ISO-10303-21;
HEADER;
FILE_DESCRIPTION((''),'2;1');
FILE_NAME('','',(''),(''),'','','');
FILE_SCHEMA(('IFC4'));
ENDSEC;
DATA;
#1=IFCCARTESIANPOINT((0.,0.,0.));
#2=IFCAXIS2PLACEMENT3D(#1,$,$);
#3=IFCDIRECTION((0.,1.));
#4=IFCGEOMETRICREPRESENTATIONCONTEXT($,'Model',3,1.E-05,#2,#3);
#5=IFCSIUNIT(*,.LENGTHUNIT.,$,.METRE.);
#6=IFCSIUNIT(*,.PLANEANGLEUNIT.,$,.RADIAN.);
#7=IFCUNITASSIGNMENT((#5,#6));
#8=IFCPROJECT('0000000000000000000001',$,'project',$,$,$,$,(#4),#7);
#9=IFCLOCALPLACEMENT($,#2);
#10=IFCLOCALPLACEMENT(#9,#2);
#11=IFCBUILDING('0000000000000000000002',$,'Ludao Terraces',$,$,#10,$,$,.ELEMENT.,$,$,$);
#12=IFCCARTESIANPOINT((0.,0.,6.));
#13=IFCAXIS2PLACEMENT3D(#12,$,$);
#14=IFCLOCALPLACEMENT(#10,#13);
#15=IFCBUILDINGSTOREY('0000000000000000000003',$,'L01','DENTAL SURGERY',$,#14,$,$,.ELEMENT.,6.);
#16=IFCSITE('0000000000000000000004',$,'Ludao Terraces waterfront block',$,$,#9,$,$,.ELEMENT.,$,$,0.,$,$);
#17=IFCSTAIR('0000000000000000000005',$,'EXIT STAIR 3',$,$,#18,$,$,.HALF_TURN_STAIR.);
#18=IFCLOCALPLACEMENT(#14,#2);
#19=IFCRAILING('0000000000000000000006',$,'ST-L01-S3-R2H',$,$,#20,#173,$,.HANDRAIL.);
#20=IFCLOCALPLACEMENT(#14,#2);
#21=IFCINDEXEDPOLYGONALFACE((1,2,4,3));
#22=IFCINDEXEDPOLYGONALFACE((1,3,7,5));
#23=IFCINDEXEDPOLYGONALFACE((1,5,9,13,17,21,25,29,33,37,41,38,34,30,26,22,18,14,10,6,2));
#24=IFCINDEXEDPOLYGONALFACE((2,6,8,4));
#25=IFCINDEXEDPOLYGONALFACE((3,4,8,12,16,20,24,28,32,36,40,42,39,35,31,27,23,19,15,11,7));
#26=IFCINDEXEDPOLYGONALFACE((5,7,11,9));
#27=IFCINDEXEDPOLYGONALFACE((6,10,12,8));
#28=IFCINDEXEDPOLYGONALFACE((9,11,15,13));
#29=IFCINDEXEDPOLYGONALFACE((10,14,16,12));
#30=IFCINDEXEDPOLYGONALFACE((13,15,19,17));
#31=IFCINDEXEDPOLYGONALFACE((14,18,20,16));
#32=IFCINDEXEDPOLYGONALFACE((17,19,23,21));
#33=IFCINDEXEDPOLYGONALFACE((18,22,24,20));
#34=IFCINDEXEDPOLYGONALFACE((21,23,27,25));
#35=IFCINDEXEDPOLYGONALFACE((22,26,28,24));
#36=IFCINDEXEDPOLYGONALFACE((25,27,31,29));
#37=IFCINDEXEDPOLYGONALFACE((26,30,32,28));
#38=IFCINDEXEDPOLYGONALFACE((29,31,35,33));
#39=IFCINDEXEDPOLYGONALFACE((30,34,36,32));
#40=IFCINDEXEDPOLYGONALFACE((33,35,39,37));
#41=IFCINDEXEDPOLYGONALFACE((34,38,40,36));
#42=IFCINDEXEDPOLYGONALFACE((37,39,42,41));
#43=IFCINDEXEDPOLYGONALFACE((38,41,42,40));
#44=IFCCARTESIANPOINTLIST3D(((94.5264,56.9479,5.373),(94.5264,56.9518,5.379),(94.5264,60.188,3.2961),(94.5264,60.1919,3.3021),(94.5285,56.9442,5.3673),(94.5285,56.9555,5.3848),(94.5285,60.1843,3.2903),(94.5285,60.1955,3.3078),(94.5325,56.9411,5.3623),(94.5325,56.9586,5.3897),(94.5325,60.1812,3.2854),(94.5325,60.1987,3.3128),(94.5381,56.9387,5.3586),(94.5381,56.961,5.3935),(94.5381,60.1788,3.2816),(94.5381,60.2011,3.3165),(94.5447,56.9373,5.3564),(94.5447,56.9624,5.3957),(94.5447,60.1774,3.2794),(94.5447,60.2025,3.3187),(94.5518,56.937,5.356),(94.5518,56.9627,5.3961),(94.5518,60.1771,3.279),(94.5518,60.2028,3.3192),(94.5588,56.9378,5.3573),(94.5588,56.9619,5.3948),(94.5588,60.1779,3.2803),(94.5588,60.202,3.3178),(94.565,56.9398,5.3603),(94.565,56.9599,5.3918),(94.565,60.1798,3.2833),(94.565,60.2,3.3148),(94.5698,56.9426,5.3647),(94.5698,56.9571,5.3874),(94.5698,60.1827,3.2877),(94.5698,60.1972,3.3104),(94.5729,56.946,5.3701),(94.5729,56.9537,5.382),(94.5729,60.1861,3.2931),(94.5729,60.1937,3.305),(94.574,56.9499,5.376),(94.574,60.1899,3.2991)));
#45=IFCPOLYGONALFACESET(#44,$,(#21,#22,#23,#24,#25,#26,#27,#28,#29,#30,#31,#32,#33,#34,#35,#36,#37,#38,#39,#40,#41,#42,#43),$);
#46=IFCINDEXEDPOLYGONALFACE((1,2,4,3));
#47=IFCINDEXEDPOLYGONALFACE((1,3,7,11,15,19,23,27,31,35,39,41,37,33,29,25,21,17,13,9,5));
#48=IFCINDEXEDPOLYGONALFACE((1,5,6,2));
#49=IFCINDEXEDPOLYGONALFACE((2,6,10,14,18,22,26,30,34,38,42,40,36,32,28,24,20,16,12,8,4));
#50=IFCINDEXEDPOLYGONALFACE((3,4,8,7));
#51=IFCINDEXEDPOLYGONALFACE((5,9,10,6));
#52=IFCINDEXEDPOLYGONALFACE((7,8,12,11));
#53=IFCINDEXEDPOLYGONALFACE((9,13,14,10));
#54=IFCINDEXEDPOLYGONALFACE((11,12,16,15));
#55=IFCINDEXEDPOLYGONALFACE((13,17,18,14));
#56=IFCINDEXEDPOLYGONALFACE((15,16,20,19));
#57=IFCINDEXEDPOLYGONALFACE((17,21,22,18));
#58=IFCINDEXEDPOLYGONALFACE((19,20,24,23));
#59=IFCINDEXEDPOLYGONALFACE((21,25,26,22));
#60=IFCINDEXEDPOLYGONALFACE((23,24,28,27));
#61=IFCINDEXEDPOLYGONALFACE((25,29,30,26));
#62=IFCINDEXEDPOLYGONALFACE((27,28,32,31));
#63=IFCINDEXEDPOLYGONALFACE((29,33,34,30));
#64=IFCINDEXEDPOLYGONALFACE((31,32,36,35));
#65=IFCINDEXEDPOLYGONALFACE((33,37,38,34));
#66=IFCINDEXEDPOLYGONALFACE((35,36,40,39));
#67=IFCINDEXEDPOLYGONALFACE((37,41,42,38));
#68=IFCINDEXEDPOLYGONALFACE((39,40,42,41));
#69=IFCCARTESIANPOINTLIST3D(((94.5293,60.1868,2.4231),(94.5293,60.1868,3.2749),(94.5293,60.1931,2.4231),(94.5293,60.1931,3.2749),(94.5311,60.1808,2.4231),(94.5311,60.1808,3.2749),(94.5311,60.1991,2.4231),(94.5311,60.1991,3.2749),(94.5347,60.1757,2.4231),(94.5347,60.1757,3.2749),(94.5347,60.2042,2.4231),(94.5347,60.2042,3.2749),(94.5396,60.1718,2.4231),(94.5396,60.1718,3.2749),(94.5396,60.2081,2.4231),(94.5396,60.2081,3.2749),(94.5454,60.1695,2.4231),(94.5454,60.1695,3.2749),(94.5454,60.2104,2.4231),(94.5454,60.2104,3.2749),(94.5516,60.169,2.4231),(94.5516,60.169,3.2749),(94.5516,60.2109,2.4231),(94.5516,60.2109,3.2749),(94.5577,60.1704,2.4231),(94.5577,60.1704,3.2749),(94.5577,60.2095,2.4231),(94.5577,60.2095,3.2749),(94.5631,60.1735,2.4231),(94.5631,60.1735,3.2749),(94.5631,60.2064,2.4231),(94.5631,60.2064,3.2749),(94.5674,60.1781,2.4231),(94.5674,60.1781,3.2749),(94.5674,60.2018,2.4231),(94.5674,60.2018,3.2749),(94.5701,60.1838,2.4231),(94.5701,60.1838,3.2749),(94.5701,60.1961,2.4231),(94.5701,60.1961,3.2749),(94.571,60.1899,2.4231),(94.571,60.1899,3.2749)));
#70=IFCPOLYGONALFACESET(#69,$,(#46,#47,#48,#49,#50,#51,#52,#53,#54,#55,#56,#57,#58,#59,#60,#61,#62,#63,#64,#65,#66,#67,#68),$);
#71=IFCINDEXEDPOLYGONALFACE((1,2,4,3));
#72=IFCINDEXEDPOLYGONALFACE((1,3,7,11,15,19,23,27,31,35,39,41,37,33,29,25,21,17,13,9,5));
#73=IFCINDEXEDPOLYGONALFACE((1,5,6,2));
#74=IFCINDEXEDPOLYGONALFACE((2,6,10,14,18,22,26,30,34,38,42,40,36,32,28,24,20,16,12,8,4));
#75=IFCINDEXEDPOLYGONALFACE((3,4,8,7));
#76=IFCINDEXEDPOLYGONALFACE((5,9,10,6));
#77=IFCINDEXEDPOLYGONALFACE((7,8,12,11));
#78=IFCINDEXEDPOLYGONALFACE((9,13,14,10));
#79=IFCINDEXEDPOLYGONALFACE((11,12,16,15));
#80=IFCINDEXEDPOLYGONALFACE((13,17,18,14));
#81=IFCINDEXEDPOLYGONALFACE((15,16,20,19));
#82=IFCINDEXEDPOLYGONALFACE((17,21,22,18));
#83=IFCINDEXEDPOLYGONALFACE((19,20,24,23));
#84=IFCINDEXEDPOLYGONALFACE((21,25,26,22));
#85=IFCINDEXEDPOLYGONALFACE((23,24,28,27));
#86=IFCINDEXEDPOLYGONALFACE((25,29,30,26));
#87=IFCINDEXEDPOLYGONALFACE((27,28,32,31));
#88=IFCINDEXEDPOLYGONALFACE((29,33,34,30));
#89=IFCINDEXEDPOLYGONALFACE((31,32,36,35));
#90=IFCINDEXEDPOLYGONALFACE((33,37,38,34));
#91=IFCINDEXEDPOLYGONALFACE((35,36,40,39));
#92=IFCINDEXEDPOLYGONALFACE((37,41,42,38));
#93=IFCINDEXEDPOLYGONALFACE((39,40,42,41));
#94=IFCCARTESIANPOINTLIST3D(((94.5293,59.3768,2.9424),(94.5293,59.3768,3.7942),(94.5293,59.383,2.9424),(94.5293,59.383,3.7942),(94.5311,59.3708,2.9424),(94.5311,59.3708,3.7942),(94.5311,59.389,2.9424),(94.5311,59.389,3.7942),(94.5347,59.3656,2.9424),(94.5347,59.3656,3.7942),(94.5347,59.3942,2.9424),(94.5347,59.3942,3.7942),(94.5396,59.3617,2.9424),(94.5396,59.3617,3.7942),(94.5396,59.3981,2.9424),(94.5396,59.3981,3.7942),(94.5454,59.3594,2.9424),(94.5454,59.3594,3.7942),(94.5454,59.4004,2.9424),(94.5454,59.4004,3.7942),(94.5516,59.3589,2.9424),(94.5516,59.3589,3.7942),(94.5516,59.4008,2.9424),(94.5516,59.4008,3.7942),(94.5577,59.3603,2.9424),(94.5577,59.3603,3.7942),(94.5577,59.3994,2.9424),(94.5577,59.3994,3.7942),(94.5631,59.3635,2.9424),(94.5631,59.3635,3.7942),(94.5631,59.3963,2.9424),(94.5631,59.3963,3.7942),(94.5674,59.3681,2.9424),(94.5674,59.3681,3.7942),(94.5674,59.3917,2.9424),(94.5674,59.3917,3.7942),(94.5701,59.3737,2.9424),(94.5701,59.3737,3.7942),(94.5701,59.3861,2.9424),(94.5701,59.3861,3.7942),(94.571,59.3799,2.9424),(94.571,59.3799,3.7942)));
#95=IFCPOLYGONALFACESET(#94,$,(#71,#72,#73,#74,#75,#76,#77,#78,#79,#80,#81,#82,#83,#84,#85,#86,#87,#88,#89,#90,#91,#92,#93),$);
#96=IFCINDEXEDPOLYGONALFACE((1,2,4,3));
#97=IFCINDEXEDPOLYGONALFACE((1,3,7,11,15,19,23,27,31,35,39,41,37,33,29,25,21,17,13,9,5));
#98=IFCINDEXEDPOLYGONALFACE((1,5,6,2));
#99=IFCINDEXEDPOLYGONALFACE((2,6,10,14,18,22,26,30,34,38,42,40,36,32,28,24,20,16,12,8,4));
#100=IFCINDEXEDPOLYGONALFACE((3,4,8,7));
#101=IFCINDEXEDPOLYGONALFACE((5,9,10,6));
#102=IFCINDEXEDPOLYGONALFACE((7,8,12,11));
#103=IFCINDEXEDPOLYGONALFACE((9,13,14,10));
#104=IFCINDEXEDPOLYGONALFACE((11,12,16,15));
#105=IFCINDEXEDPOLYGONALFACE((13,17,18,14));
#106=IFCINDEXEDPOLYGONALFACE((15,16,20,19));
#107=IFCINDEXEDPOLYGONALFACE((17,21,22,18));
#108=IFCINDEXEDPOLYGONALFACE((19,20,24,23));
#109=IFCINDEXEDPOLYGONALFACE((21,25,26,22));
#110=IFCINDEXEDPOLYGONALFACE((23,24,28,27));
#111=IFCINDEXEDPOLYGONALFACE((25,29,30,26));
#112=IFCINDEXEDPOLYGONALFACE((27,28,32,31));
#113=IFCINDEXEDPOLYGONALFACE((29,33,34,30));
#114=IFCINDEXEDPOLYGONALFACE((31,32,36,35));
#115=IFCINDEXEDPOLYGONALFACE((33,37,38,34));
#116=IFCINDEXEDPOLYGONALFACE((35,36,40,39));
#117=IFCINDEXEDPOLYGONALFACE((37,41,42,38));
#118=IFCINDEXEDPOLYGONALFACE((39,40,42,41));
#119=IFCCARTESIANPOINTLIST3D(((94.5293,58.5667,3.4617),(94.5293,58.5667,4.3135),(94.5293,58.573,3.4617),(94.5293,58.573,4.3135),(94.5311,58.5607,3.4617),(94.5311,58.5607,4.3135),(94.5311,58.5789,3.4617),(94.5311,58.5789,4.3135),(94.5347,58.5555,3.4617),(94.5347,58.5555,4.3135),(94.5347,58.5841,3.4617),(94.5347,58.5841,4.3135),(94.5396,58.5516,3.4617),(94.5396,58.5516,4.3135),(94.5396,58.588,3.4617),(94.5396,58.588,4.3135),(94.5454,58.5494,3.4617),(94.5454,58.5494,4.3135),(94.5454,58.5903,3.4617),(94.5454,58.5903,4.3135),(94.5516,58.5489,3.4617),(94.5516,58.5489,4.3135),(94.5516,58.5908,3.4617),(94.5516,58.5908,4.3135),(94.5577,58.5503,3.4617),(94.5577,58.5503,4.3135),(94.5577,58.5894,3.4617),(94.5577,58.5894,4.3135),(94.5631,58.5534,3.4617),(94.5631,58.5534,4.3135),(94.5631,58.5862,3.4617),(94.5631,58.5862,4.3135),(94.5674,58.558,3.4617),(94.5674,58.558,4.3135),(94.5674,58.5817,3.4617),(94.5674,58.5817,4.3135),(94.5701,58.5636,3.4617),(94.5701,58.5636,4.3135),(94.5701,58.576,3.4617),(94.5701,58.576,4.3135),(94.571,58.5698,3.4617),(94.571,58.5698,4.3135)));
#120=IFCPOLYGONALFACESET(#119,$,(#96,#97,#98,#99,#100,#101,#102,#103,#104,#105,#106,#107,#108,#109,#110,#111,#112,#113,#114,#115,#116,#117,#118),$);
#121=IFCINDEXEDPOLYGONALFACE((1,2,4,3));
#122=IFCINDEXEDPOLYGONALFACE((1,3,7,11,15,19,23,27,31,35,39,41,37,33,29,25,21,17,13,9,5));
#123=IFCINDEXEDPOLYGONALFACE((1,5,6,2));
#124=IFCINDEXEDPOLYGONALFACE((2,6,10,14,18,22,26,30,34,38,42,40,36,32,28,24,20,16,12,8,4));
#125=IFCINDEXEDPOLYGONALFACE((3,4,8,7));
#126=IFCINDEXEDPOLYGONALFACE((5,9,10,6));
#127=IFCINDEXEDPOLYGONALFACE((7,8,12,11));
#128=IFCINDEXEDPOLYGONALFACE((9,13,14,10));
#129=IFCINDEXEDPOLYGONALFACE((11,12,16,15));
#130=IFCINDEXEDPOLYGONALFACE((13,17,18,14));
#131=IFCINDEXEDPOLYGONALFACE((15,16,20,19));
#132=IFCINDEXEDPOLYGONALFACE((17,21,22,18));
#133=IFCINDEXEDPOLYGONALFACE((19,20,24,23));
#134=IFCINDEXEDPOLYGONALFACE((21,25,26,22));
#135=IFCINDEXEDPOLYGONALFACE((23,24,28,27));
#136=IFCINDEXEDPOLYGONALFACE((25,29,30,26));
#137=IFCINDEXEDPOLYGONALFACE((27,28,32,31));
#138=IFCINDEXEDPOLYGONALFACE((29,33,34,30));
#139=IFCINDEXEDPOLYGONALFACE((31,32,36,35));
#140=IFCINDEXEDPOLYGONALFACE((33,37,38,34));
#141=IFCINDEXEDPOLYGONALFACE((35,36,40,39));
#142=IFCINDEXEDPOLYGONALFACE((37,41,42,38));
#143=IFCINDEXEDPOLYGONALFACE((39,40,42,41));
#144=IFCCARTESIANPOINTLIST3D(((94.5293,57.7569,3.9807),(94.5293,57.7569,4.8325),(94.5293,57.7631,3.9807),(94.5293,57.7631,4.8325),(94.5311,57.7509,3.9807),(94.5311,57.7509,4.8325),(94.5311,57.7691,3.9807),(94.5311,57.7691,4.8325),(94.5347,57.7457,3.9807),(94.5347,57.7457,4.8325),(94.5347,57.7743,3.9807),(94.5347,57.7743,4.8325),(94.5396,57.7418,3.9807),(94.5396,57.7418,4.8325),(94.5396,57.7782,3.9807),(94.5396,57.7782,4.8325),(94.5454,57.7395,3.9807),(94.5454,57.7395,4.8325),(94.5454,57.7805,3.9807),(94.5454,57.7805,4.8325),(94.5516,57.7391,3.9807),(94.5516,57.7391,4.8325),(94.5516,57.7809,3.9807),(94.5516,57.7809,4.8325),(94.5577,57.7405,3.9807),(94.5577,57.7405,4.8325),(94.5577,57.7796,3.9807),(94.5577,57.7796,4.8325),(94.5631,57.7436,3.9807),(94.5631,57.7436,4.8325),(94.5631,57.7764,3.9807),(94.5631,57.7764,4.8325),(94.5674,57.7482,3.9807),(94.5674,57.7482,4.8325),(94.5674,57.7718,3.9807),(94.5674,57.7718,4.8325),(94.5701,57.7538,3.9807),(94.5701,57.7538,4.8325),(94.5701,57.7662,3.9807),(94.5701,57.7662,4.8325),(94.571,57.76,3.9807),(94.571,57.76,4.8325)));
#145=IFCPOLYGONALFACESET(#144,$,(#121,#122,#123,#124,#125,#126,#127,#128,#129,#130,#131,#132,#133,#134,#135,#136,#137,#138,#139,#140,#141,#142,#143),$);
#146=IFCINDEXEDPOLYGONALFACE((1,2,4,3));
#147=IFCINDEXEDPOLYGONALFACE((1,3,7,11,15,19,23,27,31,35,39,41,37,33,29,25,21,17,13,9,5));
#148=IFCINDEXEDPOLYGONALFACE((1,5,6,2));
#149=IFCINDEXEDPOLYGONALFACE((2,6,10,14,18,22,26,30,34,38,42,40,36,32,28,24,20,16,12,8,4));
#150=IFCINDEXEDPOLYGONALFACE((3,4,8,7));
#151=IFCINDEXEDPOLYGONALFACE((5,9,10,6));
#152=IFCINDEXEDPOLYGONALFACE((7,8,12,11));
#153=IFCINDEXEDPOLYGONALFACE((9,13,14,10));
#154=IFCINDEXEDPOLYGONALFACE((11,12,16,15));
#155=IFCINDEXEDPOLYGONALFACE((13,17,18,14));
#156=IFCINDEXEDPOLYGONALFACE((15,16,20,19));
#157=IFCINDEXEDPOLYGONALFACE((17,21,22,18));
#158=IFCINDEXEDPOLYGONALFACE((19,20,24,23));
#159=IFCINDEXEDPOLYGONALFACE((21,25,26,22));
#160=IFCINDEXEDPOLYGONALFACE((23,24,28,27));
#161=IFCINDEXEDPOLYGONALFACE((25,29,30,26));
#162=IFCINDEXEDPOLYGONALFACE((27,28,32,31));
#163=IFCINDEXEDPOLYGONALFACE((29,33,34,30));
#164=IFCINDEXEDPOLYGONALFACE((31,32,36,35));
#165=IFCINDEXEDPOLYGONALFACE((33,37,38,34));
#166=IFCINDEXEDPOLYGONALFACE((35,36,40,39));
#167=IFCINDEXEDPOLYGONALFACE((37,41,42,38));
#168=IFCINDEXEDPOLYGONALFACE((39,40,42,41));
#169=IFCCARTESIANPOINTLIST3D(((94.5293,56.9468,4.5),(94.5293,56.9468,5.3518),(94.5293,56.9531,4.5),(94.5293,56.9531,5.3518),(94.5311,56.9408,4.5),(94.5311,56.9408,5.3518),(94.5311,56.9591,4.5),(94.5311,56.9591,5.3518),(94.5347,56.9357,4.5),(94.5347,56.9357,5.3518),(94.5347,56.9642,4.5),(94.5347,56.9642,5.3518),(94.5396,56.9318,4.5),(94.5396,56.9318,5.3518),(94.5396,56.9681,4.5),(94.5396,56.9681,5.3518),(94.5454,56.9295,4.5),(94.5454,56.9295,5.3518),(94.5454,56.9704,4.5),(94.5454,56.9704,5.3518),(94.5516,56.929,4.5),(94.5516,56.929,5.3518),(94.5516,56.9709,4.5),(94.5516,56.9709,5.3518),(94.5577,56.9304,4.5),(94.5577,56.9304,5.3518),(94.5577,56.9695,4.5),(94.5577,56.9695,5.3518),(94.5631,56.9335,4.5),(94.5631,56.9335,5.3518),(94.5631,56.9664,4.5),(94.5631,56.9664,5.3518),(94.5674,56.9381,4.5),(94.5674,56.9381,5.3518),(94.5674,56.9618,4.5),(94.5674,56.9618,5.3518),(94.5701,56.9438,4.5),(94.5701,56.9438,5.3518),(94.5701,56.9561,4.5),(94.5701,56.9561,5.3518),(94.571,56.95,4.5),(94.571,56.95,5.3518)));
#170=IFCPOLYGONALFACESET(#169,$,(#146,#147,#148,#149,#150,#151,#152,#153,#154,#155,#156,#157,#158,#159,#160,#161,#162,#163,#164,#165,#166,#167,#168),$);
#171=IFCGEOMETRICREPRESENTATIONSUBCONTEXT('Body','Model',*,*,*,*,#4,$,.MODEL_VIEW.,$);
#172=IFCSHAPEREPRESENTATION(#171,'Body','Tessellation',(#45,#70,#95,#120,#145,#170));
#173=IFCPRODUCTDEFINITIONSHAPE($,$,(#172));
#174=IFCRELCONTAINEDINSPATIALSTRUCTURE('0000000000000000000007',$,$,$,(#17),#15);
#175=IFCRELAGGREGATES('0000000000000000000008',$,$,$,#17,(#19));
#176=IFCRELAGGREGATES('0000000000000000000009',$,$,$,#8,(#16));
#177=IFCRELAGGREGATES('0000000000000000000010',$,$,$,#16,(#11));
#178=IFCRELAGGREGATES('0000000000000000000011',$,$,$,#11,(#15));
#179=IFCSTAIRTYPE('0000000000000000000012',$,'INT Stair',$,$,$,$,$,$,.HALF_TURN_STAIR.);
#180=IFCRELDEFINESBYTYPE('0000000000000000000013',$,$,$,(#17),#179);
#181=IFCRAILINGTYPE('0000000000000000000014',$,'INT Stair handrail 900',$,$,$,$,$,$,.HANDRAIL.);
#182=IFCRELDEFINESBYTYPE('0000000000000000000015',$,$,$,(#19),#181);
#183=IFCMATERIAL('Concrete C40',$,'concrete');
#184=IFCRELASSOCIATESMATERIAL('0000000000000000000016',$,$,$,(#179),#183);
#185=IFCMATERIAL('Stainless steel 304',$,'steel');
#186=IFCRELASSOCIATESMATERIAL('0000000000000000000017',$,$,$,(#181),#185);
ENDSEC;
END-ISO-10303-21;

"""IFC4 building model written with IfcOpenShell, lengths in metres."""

from ifc_helpers import new_model, si_unit, direction, frame, origin, origin_2d, place, context, subcontext, project, spatial, circle, extrude, material, type_object, element, aggregate, save


model = new_model("IFC4")

# Units and contexts
model_context = context("Model", 3, precision=1e-05, world=origin(), true_north=direction((0.0, 1.0)))
body_context = subcontext(model_context, "Body", "Model", "MODEL_VIEW")
ifc_project = project(units=[si_unit("LENGTHUNIT", "METRE"), si_unit("PLANEANGLEUNIT", "RADIAN")], contexts=[model_context])

# Site, building, storey
site_placement = place(None, origin())
site = spatial("IfcSite", under=ifc_project, at=site_placement, Name="Ludao Terraces waterfront block", CompositionType="ELEMENT", RefElevation=0.0)
building_placement = place(site_placement, origin())
building = spatial("IfcBuilding", under=site, at=building_placement, Name="Ludao Terraces", CompositionType="ELEMENT")
storey_placement = place(building_placement, frame((0.0, 0.0, 6.0)))
storey = spatial("IfcBuildingStorey", under=building, at=storey_placement, Name="L01", Description="DENTAL SURGERY", CompositionType="ELEMENT", Elevation=6.0)

# Stair, railing
ifc_material_1 = material(Name="Concrete C40", Category="concrete")
stair_type = type_object("IfcStairType", Name="INT Stair", PredefinedType="HALF_TURN_STAIR", material=ifc_material_1)
stair_placement = place(storey_placement, origin())
stair = element("IfcStair", 1, at=stair_placement, inside=storey, type_object=stair_type, Name="EXIT STAIR 3", PredefinedType="HALF_TURN_STAIR")
ifc_material_2 = material(Name="Stainless steel 304", Category="steel")
railing_type_1 = type_object("IfcRailingType", Name="INT Stair handrail 900", PredefinedType="HANDRAIL", material=ifc_material_2)
railing_1_placement = place(storey_placement, frame((94.55, 60.1899, 2.4231)))
railing_1 = element("IfcRailing", 2, at=railing_1_placement, type_object=railing_type_1, Name="ST-L01-S3-R2H", PredefinedType="HANDRAIL", context=body_context, shape_type="SweptSolid", body=[
    extrude(circle(Radius=0.0239, at=origin_2d()), frame((0.0, 0.0, 0.876), z_axis=(0.0, -0.841881, 0.539664), x_axis=(1.0, 0.0, 0.0)), (0.0, 0.0, 1.0), 3.8486),
    extrude(circle(Radius=0.021, at=origin_2d()), origin(), (0.0, 0.0, 1.0), 0.8518),
    extrude(circle(Radius=0.021, at=origin_2d()), frame((0.0, -0.8101, 0.5193)), (0.0, 0.0, 1.0), 0.8518),
    extrude(circle(Radius=0.021, at=origin_2d()), frame((0.0, -1.6201, 1.0386)), (0.0, 0.0, 1.0), 0.8518),
    extrude(circle(Radius=0.021, at=origin_2d()), frame((0.0, -2.4299, 1.5576)), (0.0, 0.0, 1.0), 0.8518),
    extrude(circle(Radius=0.021, at=origin_2d()), frame((0.0, -3.24, 2.0769)), (0.0, 0.0, 1.0), 0.8518),
])
aggregate(stair, [railing_1])

save(model, "model.ifc")
